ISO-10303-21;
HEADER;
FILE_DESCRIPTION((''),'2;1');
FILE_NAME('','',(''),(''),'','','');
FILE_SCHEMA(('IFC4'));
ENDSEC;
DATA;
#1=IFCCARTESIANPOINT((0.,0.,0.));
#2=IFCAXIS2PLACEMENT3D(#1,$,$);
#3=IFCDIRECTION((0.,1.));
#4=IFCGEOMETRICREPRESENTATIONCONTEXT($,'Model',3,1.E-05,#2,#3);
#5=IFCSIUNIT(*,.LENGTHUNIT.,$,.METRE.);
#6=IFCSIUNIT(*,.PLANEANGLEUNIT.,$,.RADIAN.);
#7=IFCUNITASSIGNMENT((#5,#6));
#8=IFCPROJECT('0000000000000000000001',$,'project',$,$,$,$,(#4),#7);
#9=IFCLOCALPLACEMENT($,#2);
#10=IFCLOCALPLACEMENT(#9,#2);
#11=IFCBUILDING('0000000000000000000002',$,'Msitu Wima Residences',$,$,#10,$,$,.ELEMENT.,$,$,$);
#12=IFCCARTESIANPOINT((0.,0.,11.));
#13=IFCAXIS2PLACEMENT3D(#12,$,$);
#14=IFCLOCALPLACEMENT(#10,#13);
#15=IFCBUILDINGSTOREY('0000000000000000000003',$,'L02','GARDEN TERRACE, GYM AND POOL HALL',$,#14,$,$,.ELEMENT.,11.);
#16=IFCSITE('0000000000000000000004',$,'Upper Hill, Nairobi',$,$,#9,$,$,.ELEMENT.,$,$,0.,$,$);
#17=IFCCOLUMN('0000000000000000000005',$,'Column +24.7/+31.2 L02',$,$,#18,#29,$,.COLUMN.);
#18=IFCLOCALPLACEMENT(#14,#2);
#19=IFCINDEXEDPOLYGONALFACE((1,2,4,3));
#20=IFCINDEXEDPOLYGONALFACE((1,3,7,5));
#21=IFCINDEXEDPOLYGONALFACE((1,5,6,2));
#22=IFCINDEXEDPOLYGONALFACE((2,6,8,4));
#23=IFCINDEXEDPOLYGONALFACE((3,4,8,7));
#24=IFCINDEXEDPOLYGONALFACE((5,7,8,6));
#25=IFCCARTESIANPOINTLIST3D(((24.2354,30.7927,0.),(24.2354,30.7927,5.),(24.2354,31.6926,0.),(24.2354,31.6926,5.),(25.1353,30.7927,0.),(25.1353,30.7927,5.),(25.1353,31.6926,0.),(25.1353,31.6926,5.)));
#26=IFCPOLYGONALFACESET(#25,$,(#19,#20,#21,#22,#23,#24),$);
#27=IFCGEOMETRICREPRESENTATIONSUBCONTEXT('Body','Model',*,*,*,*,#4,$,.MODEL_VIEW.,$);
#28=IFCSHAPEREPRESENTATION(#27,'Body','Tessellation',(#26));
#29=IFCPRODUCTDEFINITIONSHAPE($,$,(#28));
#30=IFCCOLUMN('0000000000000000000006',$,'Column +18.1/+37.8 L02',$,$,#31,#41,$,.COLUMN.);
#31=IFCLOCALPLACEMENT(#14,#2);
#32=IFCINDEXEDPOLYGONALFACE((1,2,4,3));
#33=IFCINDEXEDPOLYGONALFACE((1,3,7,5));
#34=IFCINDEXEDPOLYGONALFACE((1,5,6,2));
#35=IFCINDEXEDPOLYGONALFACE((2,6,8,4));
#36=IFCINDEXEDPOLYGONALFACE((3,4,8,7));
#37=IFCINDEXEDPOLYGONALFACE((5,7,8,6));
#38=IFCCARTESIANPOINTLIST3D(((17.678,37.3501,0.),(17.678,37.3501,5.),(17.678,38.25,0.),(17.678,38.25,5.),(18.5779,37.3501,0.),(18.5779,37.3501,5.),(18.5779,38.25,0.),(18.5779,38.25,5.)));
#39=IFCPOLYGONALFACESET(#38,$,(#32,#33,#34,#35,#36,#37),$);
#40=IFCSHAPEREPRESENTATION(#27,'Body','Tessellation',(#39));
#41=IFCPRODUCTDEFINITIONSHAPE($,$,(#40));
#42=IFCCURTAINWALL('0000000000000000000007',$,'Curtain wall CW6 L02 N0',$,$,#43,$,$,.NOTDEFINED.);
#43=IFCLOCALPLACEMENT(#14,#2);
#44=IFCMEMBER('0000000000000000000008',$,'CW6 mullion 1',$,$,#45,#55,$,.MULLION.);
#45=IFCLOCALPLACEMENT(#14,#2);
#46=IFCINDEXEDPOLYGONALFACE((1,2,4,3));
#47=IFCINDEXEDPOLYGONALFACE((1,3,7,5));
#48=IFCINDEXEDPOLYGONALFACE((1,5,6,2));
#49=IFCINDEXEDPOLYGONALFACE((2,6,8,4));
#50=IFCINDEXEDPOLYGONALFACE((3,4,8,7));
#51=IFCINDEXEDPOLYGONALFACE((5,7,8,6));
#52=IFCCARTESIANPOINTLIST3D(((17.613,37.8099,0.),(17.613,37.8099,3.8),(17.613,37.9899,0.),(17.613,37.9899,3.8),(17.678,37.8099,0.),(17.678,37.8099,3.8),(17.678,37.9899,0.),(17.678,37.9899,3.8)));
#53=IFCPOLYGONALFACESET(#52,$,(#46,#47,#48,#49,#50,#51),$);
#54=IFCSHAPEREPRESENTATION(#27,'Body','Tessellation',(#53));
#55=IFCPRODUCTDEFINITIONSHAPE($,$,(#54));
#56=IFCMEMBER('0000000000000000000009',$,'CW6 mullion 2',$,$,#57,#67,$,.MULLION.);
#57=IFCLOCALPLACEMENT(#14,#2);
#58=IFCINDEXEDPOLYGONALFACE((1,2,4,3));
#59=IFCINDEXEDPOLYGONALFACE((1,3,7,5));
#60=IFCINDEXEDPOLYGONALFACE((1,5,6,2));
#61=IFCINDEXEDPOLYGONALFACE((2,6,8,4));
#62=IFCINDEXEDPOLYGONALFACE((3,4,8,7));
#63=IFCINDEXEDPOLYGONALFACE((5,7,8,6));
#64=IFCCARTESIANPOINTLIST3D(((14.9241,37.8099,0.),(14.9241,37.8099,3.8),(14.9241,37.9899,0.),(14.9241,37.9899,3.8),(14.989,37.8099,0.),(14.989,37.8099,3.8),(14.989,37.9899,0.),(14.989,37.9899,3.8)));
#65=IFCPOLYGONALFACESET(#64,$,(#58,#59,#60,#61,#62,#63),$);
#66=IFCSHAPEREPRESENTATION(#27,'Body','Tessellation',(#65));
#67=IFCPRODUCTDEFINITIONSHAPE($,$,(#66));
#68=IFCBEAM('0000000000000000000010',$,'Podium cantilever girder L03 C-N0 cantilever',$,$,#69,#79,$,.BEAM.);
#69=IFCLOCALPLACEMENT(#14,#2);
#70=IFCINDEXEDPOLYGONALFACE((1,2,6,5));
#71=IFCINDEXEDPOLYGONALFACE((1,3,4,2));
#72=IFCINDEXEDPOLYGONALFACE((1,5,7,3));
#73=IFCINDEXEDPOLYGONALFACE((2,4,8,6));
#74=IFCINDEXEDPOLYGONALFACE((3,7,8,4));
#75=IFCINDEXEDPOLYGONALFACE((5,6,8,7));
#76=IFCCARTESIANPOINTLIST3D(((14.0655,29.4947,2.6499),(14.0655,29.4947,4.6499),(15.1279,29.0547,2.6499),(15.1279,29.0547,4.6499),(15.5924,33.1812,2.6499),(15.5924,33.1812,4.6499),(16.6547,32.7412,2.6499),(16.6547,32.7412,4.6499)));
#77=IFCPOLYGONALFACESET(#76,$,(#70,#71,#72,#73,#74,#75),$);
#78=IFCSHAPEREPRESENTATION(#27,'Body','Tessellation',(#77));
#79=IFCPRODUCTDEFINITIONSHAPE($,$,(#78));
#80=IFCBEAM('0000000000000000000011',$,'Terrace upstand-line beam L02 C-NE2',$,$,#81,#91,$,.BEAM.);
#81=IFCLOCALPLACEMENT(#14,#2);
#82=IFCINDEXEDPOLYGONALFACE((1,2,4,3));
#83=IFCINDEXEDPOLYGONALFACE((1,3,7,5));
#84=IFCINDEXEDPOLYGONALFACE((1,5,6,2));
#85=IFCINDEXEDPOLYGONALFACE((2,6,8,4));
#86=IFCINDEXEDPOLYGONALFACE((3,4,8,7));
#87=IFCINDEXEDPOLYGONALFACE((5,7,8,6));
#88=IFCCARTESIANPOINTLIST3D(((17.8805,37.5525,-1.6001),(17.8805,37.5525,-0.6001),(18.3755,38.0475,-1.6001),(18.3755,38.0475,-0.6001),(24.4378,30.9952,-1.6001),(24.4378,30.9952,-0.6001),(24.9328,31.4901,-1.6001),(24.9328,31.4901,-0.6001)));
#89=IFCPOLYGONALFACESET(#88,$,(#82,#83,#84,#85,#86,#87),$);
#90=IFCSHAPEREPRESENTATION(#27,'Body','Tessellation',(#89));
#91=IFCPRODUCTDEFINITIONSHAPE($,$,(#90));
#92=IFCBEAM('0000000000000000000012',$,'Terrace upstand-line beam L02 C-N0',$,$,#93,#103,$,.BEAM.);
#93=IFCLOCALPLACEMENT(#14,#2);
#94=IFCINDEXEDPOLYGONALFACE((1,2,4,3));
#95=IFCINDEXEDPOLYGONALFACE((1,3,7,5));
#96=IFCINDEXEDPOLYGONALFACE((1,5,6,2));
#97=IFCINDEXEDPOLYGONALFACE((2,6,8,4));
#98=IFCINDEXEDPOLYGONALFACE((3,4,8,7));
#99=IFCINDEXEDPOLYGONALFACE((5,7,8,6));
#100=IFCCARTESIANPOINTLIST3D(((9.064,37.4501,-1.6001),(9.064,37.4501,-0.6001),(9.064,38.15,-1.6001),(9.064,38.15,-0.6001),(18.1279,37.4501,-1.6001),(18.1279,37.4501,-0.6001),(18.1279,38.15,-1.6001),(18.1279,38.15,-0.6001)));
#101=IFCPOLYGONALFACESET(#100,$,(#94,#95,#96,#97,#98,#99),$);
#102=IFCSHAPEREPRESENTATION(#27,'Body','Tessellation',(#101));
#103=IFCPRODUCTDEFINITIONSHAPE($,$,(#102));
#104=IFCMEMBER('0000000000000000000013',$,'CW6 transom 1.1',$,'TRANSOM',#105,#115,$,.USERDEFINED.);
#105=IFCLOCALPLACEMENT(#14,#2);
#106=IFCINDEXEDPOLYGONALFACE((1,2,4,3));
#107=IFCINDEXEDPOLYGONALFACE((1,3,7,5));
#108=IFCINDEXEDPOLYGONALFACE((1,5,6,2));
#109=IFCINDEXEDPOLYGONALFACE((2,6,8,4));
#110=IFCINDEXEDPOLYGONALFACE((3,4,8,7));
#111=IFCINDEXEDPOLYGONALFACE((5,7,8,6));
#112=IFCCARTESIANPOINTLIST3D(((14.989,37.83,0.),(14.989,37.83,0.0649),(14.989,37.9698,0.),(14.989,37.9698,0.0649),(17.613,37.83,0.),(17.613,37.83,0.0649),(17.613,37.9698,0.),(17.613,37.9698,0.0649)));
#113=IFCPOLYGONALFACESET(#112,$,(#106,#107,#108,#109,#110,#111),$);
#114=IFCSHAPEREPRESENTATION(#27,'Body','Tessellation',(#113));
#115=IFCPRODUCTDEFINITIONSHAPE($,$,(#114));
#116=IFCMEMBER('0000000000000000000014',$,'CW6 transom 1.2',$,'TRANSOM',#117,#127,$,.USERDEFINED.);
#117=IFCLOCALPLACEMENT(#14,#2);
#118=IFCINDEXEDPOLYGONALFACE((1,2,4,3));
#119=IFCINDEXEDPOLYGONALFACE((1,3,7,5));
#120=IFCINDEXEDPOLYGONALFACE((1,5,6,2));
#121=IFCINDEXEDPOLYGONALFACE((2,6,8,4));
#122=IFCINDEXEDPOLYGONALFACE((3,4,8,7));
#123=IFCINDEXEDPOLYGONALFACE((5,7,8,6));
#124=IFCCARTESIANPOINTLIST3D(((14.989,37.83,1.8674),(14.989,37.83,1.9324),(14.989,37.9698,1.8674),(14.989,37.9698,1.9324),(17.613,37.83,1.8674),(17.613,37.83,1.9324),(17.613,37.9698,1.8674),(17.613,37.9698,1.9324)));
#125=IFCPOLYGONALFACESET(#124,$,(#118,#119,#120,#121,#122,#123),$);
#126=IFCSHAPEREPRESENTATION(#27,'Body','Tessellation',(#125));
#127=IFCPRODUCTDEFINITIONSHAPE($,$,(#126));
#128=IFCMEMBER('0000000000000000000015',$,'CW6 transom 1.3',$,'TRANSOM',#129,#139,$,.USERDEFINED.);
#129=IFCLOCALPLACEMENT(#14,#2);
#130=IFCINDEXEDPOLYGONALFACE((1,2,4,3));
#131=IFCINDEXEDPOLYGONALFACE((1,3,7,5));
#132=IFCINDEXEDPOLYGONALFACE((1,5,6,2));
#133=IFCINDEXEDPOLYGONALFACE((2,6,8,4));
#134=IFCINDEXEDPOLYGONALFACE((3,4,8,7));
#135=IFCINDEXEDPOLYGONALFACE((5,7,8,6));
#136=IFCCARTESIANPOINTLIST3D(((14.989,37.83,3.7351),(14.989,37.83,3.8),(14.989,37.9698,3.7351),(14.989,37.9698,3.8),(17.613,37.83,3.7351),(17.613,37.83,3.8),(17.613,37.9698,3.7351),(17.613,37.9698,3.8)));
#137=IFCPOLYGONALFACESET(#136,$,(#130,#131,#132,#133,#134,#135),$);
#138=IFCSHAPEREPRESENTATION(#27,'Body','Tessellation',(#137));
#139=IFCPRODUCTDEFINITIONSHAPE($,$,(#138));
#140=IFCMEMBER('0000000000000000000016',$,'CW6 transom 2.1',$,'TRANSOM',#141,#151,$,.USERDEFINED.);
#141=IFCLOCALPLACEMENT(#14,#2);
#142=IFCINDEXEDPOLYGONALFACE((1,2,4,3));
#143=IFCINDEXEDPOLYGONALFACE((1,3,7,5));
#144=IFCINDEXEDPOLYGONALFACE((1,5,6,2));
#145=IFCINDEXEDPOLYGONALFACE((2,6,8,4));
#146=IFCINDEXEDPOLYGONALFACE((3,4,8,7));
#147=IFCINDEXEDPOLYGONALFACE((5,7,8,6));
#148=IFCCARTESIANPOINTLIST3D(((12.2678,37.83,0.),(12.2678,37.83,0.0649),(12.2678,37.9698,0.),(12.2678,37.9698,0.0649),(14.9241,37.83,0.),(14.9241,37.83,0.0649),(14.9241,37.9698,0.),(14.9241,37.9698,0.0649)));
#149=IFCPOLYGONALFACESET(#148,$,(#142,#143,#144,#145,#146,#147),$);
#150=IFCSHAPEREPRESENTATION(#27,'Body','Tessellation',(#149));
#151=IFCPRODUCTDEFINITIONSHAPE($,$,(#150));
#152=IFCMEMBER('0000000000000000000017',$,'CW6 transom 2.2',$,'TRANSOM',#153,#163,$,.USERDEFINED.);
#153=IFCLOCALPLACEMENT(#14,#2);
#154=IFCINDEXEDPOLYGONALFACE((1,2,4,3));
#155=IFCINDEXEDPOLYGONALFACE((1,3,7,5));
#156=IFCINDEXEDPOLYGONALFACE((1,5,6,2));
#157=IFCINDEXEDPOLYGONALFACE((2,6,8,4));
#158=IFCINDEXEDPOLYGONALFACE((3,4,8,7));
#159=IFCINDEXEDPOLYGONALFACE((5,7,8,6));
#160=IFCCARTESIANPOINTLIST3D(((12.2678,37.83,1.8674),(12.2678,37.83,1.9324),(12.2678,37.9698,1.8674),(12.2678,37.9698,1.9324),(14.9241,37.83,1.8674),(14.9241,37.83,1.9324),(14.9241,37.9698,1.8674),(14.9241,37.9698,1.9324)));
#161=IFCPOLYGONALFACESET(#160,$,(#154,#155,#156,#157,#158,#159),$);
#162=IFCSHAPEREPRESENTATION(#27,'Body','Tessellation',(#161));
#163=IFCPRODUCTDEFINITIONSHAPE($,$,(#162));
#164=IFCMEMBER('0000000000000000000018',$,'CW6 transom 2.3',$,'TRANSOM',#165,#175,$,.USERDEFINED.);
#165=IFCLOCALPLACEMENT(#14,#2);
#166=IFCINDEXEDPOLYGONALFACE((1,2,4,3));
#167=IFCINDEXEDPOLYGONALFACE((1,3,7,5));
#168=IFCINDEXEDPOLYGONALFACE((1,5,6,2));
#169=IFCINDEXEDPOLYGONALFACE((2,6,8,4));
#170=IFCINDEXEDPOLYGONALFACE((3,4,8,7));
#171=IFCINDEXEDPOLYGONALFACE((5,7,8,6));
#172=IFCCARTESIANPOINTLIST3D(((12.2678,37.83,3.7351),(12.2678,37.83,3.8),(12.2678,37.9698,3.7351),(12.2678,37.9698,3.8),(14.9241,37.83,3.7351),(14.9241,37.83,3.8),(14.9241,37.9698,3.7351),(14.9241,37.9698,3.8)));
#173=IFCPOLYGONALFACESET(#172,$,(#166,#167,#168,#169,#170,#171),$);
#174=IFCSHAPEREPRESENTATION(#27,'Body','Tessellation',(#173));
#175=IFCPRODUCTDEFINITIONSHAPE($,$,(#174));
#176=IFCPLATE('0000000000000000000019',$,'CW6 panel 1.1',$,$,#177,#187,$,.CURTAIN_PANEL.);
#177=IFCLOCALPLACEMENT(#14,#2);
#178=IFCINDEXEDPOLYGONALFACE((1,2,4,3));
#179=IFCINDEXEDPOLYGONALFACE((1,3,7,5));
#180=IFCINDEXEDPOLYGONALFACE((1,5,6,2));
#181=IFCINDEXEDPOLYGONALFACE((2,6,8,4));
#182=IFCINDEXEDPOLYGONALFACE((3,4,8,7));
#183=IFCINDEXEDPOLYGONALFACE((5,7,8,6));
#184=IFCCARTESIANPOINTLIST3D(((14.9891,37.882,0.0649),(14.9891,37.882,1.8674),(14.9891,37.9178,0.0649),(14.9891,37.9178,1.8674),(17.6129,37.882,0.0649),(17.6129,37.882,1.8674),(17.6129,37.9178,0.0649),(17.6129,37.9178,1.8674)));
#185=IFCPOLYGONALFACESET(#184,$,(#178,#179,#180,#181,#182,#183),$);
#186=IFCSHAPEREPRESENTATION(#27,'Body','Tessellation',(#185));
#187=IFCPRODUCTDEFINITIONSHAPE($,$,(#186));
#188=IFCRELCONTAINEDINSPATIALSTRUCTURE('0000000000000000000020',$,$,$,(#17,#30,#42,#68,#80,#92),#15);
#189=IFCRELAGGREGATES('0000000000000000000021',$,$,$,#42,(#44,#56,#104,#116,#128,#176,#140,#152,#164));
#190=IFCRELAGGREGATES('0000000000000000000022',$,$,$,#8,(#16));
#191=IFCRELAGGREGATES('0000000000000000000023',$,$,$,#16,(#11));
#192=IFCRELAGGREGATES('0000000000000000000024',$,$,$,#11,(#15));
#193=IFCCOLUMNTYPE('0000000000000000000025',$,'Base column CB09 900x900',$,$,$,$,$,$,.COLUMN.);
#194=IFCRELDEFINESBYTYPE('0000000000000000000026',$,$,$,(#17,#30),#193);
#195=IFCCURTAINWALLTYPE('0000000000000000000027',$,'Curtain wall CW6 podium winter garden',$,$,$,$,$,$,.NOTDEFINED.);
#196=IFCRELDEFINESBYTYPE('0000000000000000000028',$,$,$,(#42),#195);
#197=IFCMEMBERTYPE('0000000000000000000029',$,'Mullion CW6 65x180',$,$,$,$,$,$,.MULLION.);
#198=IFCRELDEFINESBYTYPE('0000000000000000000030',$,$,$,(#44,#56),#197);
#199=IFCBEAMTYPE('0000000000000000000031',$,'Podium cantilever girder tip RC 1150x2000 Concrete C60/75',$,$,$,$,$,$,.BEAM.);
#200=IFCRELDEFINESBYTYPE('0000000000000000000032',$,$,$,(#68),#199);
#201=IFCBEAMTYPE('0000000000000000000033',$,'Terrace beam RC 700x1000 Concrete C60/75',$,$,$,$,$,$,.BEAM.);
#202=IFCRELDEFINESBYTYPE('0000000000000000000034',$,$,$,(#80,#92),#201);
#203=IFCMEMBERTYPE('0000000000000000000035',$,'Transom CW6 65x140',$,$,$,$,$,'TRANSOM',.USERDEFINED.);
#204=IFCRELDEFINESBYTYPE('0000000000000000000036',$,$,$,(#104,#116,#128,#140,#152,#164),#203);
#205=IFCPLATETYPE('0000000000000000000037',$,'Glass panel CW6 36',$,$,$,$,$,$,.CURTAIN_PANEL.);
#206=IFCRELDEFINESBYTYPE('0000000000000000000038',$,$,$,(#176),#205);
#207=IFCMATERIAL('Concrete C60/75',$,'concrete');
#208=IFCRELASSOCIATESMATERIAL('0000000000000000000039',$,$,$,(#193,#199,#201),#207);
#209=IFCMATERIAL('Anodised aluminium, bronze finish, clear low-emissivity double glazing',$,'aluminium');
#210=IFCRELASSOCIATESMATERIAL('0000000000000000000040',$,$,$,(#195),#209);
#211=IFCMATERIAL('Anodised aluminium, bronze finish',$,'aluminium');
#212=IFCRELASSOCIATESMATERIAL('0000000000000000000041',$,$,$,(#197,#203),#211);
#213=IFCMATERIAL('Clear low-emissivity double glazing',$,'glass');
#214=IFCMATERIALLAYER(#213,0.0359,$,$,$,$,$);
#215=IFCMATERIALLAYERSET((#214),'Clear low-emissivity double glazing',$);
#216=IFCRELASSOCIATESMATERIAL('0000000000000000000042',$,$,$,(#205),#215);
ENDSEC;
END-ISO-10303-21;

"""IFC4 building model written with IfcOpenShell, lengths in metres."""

from ifc_helpers import new_model, si_unit, direction, frame, origin, origin_2d, place, context, subcontext, project, spatial, rectangle, extrude, material, layer, layer_set, material_profile, profile_set, type_object, element, aggregate, save


model = new_model("IFC4")

# Units and contexts
model_context = context("Model", 3, precision=1e-05, world=origin(), true_north=direction((0.0, 1.0)))
body_context = subcontext(model_context, "Body", "Model", "MODEL_VIEW")
ifc_project = project(units=[si_unit("LENGTHUNIT", "METRE"), si_unit("PLANEANGLEUNIT", "RADIAN")], contexts=[model_context])

# Site, building, storey
site_placement = place(None, origin())
site = spatial("IfcSite", under=ifc_project, at=site_placement, Name="Upper Hill, Nairobi", CompositionType="ELEMENT", RefElevation=0.0)
building_placement = place(site_placement, origin())
building = spatial("IfcBuilding", under=site, at=building_placement, Name="Msitu Wima Residences", CompositionType="ELEMENT")
storey_placement = place(building_placement, frame((0.0, 0.0, 11.0)))
storey = spatial("IfcBuildingStorey", under=building, at=storey_placement, Name="L02", Description="GARDEN TERRACE, GYM AND POOL HALL", CompositionType="ELEMENT", Elevation=11.0)

# Columns
ifc_material_1 = material(Name="Concrete C60/75", Category="concrete")
ifc_material_profile_1 = material_profile(ifc_material_1, rectangle(XDim=0.8999, YDim=0.8999, at=origin_2d()), Name="RC 900x900")
ifc_profile_set_1 = profile_set([ifc_material_profile_1], Name="Concrete C60/75")
column_type = type_object("IfcColumnType", Name="Base column CB09 900x900", PredefinedType="COLUMN", material=ifc_profile_set_1)
for number, where, z_axis, x_axis, name in (
    (1, (24.6853, 31.2427, 0.0), (0.0, 0.0, 1.0), (1.0, 0.0, 0.0), "Column +24.7/+31.2 L02"),
    (2, (18.1279, 37.8, 0.0), (0.0, 0.0, 1.0), (1.0, 0.0, 0.0), "Column +18.1/+37.8 L02"),
):
    element("IfcColumn", number, at=place(storey_placement, frame(where, z_axis=z_axis, x_axis=x_axis)), inside=storey, type_object=column_type, Name=name, PredefinedType="COLUMN", context=body_context, shape_type="SweptSolid", body=[
        extrude(rectangle(XDim=0.8999, YDim=0.8999, at=origin_2d()), origin(), (0.0, 0.0, 1.0), 5.0),
    ])

# Curtain wall, members
ifc_material_2 = material(Name="Anodised aluminium, bronze finish, clear low-emissivity double glazing", Category="aluminium")
curtain_wall_type = type_object("IfcCurtainWallType", Name="Curtain wall CW6 podium winter garden", PredefinedType="NOTDEFINED", material=ifc_material_2)
curtain_wall_placement = place(storey_placement, origin())
curtain_wall = element("IfcCurtainWall", 3, at=curtain_wall_placement, inside=storey, type_object=curtain_wall_type, Name="Curtain wall CW6 L02 N0", PredefinedType="NOTDEFINED")
ifc_material_3 = material(Name="Anodised aluminium, bronze finish", Category="aluminium")
ifc_material_profile_2 = material_profile(ifc_material_3, rectangle(XDim=0.1799, YDim=0.0649, at=origin_2d()), Name="Mullion 65x180")
ifc_profile_set_2 = profile_set([ifc_material_profile_2], Name="Anodised aluminium, bronze finish")
member_type_1 = type_object("IfcMemberType", Name="Mullion CW6 65x180", PredefinedType="MULLION", material=ifc_profile_set_2)
member_1_placement = place(storey_placement, frame((17.6455, 37.8999, 0.0), z_axis=(0.0, 0.0, 1.0), x_axis=(0.0, -1.0, 0.0)))
member_1 = element("IfcMember", 4, at=member_1_placement, type_object=member_type_1, Name="CW6 mullion 1", PredefinedType="MULLION", context=body_context, shape_type="SweptSolid", body=[
    extrude(rectangle(XDim=0.1799, YDim=0.0649, at=origin_2d()), origin(), (0.0, 0.0, 1.0), 3.8),
])
member_2_placement = place(storey_placement, frame((14.9565, 37.8999, 0.0), z_axis=(0.0, 0.0, 1.0), x_axis=(0.0, -1.0, 0.0)))
member_2 = element("IfcMember", 5, at=member_2_placement, type_object=member_type_1, Name="CW6 mullion 2", PredefinedType="MULLION", context=body_context, shape_type="SweptSolid", body=[
    extrude(rectangle(XDim=0.1799, YDim=0.0649, at=origin_2d()), origin(), (0.0, 0.0, 1.0), 3.8),
])

# Beams
ifc_material_profile_3 = material_profile(ifc_material_1, rectangle(XDim=1.1499, YDim=2.0, at=origin_2d()), Name="RC 1150x2000")
ifc_profile_set_3 = profile_set([ifc_material_profile_3], Name="Concrete C60/75")
beam_type_1 = type_object("IfcBeamType", Name="Podium cantilever girder tip RC 1150x2000 Concrete C60/75", PredefinedType="BEAM", material=ifc_profile_set_3)
beam_1_placement = place(storey_placement, frame((14.5967, 29.2747, 3.6499), z_axis=(0.382651, 0.923893, 0.0), x_axis=(-0.923893, 0.382651, 0.0)))
element("IfcBeam", 6, at=beam_1_placement, inside=storey, type_object=beam_type_1, Name="Podium cantilever girder L03 C-N0 cantilever", PredefinedType="BEAM", context=body_context, shape_type="SweptSolid", body=[
    extrude(rectangle(XDim=1.1499, YDim=2.0, at=origin_2d()), origin(), (0.0, 0.0, 1.0), 3.9902),
])
ifc_material_profile_4 = material_profile(ifc_material_1, rectangle(XDim=0.7, YDim=1.0, at=origin_2d()), Name="RC 700x1000")
ifc_profile_set_4 = profile_set([ifc_material_profile_4], Name="Concrete C60/75")
beam_type_2 = type_object("IfcBeamType", Name="Terrace beam RC 700x1000 Concrete C60/75", PredefinedType="BEAM", material=ifc_profile_set_4)
beam_2_placement = place(storey_placement, frame((24.6853, 31.2427, -1.1001), z_axis=(-0.707107, 0.707107, 0.0), x_axis=(-0.707107, -0.707107, 0.0)))
element("IfcBeam", 7, at=beam_2_placement, inside=storey, type_object=beam_type_2, Name="Terrace upstand-line beam L02 C-NE2", PredefinedType="BEAM", context=body_context, shape_type="SweptSolid", body=[
    extrude(rectangle(XDim=0.7, YDim=1.0, at=origin_2d()), origin(), (0.0, 0.0, 1.0), 9.2734),
])
beam_3_placement = place(storey_placement, frame((18.1279, 37.8, -1.1001), z_axis=(-1.0, 0.0, 0.0), x_axis=(0.0, -1.0, 0.0)))
element("IfcBeam", 8, at=beam_3_placement, inside=storey, type_object=beam_type_2, Name="Terrace upstand-line beam L02 C-N0", PredefinedType="BEAM", context=body_context, shape_type="SweptSolid", body=[
    extrude(rectangle(XDim=0.7, YDim=1.0, at=origin_2d()), origin(), (0.0, 0.0, 1.0), 9.064),
])

# Members
ifc_material_profile_5 = material_profile(ifc_material_3, rectangle(XDim=0.1399, YDim=0.0649, at=origin_2d()), Name="Transom 65x140")
ifc_profile_set_5 = profile_set([ifc_material_profile_5], Name="Anodised aluminium, bronze finish")
member_type_2 = type_object("IfcMemberType", Name="Transom CW6 65x140", ElementType="TRANSOM", PredefinedType="USERDEFINED", material=ifc_profile_set_5)
member_3_placement = place(storey_placement, frame((17.613, 37.8999, 0.0325), z_axis=(-1.0, 0.0, 0.0), x_axis=(0.0, -1.0, 0.0)))
member_3 = element("IfcMember", 9, at=member_3_placement, type_object=member_type_2, Name="CW6 transom 1.1", ObjectType="TRANSOM", PredefinedType="USERDEFINED", context=body_context, shape_type="SweptSolid", body=[
    extrude(rectangle(XDim=0.1399, YDim=0.0649, at=origin_2d()), origin(), (0.0, 0.0, 1.0), 2.624),
])
member_4_placement = place(storey_placement, frame((17.613, 37.8999, 1.8999), z_axis=(-1.0, 0.0, 0.0), x_axis=(0.0, -1.0, 0.0)))
member_4 = element("IfcMember", 10, at=member_4_placement, type_object=member_type_2, Name="CW6 transom 1.2", ObjectType="TRANSOM", PredefinedType="USERDEFINED", context=body_context, shape_type="SweptSolid", body=[
    extrude(rectangle(XDim=0.1399, YDim=0.0649, at=origin_2d()), origin(), (0.0, 0.0, 1.0), 2.624),
])
member_5_placement = place(storey_placement, frame((17.613, 37.8999, 3.7676), z_axis=(-1.0, 0.0, 0.0), x_axis=(0.0, -1.0, 0.0)))
member_5 = element("IfcMember", 11, at=member_5_placement, type_object=member_type_2, Name="CW6 transom 1.3", ObjectType="TRANSOM", PredefinedType="USERDEFINED", context=body_context, shape_type="SweptSolid", body=[
    extrude(rectangle(XDim=0.1399, YDim=0.0649, at=origin_2d()), origin(), (0.0, 0.0, 1.0), 2.624),
])
member_6_placement = place(storey_placement, frame((14.9241, 37.8999, 0.0325), z_axis=(-1.0, 0.0, 0.0), x_axis=(0.0, -1.0, 0.0)))
member_6 = element("IfcMember", 12, at=member_6_placement, type_object=member_type_2, Name="CW6 transom 2.1", ObjectType="TRANSOM", PredefinedType="USERDEFINED", context=body_context, shape_type="SweptSolid", body=[
    extrude(rectangle(XDim=0.1399, YDim=0.0649, at=origin_2d()), origin(), (0.0, 0.0, 1.0), 2.6562),
])
member_7_placement = place(storey_placement, frame((14.9241, 37.8999, 1.8999), z_axis=(-1.0, 0.0, 0.0), x_axis=(0.0, -1.0, 0.0)))
member_7 = element("IfcMember", 13, at=member_7_placement, type_object=member_type_2, Name="CW6 transom 2.2", ObjectType="TRANSOM", PredefinedType="USERDEFINED", context=body_context, shape_type="SweptSolid", body=[
    extrude(rectangle(XDim=0.1399, YDim=0.0649, at=origin_2d()), origin(), (0.0, 0.0, 1.0), 2.6562),
])
member_8_placement = place(storey_placement, frame((14.9241, 37.8999, 3.7676), z_axis=(-1.0, 0.0, 0.0), x_axis=(0.0, -1.0, 0.0)))
member_8 = element("IfcMember", 14, at=member_8_placement, type_object=member_type_2, Name="CW6 transom 2.3", ObjectType="TRANSOM", PredefinedType="USERDEFINED", context=body_context, shape_type="SweptSolid", body=[
    extrude(rectangle(XDim=0.1399, YDim=0.0649, at=origin_2d()), origin(), (0.0, 0.0, 1.0), 2.6562),
])

# Plate
ifc_material_4 = material(Name="Clear low-emissivity double glazing", Category="glass")
ifc_layer_1 = layer(ifc_material_4, 0.0359)
ifc_layer_set_1 = layer_set([ifc_layer_1], Name="Clear low-emissivity double glazing")
plate_type = type_object("IfcPlateType", Name="Glass panel CW6 36", PredefinedType="CURTAIN_PANEL", material=ifc_layer_set_1)
plate_1_placement = place(storey_placement, frame((16.301, 37.8999, 0.0649), z_axis=(0.0, 0.0, 1.0), x_axis=(-1.0, 0.0, 0.0)))
plate_1 = element("IfcPlate", 15, at=plate_1_placement, type_object=plate_type, Name="CW6 panel 1.1", PredefinedType="CURTAIN_PANEL", context=body_context, shape_type="SweptSolid", body=[
    extrude(rectangle(XDim=2.6238, YDim=0.0359, at=origin_2d()), origin(), (0.0, 0.0, 1.0), 1.8025),
])
aggregate(curtain_wall, [member_1, member_2, member_3, member_4, member_5, plate_1, member_6, member_7, member_8])

save(model, "model.ifc")
